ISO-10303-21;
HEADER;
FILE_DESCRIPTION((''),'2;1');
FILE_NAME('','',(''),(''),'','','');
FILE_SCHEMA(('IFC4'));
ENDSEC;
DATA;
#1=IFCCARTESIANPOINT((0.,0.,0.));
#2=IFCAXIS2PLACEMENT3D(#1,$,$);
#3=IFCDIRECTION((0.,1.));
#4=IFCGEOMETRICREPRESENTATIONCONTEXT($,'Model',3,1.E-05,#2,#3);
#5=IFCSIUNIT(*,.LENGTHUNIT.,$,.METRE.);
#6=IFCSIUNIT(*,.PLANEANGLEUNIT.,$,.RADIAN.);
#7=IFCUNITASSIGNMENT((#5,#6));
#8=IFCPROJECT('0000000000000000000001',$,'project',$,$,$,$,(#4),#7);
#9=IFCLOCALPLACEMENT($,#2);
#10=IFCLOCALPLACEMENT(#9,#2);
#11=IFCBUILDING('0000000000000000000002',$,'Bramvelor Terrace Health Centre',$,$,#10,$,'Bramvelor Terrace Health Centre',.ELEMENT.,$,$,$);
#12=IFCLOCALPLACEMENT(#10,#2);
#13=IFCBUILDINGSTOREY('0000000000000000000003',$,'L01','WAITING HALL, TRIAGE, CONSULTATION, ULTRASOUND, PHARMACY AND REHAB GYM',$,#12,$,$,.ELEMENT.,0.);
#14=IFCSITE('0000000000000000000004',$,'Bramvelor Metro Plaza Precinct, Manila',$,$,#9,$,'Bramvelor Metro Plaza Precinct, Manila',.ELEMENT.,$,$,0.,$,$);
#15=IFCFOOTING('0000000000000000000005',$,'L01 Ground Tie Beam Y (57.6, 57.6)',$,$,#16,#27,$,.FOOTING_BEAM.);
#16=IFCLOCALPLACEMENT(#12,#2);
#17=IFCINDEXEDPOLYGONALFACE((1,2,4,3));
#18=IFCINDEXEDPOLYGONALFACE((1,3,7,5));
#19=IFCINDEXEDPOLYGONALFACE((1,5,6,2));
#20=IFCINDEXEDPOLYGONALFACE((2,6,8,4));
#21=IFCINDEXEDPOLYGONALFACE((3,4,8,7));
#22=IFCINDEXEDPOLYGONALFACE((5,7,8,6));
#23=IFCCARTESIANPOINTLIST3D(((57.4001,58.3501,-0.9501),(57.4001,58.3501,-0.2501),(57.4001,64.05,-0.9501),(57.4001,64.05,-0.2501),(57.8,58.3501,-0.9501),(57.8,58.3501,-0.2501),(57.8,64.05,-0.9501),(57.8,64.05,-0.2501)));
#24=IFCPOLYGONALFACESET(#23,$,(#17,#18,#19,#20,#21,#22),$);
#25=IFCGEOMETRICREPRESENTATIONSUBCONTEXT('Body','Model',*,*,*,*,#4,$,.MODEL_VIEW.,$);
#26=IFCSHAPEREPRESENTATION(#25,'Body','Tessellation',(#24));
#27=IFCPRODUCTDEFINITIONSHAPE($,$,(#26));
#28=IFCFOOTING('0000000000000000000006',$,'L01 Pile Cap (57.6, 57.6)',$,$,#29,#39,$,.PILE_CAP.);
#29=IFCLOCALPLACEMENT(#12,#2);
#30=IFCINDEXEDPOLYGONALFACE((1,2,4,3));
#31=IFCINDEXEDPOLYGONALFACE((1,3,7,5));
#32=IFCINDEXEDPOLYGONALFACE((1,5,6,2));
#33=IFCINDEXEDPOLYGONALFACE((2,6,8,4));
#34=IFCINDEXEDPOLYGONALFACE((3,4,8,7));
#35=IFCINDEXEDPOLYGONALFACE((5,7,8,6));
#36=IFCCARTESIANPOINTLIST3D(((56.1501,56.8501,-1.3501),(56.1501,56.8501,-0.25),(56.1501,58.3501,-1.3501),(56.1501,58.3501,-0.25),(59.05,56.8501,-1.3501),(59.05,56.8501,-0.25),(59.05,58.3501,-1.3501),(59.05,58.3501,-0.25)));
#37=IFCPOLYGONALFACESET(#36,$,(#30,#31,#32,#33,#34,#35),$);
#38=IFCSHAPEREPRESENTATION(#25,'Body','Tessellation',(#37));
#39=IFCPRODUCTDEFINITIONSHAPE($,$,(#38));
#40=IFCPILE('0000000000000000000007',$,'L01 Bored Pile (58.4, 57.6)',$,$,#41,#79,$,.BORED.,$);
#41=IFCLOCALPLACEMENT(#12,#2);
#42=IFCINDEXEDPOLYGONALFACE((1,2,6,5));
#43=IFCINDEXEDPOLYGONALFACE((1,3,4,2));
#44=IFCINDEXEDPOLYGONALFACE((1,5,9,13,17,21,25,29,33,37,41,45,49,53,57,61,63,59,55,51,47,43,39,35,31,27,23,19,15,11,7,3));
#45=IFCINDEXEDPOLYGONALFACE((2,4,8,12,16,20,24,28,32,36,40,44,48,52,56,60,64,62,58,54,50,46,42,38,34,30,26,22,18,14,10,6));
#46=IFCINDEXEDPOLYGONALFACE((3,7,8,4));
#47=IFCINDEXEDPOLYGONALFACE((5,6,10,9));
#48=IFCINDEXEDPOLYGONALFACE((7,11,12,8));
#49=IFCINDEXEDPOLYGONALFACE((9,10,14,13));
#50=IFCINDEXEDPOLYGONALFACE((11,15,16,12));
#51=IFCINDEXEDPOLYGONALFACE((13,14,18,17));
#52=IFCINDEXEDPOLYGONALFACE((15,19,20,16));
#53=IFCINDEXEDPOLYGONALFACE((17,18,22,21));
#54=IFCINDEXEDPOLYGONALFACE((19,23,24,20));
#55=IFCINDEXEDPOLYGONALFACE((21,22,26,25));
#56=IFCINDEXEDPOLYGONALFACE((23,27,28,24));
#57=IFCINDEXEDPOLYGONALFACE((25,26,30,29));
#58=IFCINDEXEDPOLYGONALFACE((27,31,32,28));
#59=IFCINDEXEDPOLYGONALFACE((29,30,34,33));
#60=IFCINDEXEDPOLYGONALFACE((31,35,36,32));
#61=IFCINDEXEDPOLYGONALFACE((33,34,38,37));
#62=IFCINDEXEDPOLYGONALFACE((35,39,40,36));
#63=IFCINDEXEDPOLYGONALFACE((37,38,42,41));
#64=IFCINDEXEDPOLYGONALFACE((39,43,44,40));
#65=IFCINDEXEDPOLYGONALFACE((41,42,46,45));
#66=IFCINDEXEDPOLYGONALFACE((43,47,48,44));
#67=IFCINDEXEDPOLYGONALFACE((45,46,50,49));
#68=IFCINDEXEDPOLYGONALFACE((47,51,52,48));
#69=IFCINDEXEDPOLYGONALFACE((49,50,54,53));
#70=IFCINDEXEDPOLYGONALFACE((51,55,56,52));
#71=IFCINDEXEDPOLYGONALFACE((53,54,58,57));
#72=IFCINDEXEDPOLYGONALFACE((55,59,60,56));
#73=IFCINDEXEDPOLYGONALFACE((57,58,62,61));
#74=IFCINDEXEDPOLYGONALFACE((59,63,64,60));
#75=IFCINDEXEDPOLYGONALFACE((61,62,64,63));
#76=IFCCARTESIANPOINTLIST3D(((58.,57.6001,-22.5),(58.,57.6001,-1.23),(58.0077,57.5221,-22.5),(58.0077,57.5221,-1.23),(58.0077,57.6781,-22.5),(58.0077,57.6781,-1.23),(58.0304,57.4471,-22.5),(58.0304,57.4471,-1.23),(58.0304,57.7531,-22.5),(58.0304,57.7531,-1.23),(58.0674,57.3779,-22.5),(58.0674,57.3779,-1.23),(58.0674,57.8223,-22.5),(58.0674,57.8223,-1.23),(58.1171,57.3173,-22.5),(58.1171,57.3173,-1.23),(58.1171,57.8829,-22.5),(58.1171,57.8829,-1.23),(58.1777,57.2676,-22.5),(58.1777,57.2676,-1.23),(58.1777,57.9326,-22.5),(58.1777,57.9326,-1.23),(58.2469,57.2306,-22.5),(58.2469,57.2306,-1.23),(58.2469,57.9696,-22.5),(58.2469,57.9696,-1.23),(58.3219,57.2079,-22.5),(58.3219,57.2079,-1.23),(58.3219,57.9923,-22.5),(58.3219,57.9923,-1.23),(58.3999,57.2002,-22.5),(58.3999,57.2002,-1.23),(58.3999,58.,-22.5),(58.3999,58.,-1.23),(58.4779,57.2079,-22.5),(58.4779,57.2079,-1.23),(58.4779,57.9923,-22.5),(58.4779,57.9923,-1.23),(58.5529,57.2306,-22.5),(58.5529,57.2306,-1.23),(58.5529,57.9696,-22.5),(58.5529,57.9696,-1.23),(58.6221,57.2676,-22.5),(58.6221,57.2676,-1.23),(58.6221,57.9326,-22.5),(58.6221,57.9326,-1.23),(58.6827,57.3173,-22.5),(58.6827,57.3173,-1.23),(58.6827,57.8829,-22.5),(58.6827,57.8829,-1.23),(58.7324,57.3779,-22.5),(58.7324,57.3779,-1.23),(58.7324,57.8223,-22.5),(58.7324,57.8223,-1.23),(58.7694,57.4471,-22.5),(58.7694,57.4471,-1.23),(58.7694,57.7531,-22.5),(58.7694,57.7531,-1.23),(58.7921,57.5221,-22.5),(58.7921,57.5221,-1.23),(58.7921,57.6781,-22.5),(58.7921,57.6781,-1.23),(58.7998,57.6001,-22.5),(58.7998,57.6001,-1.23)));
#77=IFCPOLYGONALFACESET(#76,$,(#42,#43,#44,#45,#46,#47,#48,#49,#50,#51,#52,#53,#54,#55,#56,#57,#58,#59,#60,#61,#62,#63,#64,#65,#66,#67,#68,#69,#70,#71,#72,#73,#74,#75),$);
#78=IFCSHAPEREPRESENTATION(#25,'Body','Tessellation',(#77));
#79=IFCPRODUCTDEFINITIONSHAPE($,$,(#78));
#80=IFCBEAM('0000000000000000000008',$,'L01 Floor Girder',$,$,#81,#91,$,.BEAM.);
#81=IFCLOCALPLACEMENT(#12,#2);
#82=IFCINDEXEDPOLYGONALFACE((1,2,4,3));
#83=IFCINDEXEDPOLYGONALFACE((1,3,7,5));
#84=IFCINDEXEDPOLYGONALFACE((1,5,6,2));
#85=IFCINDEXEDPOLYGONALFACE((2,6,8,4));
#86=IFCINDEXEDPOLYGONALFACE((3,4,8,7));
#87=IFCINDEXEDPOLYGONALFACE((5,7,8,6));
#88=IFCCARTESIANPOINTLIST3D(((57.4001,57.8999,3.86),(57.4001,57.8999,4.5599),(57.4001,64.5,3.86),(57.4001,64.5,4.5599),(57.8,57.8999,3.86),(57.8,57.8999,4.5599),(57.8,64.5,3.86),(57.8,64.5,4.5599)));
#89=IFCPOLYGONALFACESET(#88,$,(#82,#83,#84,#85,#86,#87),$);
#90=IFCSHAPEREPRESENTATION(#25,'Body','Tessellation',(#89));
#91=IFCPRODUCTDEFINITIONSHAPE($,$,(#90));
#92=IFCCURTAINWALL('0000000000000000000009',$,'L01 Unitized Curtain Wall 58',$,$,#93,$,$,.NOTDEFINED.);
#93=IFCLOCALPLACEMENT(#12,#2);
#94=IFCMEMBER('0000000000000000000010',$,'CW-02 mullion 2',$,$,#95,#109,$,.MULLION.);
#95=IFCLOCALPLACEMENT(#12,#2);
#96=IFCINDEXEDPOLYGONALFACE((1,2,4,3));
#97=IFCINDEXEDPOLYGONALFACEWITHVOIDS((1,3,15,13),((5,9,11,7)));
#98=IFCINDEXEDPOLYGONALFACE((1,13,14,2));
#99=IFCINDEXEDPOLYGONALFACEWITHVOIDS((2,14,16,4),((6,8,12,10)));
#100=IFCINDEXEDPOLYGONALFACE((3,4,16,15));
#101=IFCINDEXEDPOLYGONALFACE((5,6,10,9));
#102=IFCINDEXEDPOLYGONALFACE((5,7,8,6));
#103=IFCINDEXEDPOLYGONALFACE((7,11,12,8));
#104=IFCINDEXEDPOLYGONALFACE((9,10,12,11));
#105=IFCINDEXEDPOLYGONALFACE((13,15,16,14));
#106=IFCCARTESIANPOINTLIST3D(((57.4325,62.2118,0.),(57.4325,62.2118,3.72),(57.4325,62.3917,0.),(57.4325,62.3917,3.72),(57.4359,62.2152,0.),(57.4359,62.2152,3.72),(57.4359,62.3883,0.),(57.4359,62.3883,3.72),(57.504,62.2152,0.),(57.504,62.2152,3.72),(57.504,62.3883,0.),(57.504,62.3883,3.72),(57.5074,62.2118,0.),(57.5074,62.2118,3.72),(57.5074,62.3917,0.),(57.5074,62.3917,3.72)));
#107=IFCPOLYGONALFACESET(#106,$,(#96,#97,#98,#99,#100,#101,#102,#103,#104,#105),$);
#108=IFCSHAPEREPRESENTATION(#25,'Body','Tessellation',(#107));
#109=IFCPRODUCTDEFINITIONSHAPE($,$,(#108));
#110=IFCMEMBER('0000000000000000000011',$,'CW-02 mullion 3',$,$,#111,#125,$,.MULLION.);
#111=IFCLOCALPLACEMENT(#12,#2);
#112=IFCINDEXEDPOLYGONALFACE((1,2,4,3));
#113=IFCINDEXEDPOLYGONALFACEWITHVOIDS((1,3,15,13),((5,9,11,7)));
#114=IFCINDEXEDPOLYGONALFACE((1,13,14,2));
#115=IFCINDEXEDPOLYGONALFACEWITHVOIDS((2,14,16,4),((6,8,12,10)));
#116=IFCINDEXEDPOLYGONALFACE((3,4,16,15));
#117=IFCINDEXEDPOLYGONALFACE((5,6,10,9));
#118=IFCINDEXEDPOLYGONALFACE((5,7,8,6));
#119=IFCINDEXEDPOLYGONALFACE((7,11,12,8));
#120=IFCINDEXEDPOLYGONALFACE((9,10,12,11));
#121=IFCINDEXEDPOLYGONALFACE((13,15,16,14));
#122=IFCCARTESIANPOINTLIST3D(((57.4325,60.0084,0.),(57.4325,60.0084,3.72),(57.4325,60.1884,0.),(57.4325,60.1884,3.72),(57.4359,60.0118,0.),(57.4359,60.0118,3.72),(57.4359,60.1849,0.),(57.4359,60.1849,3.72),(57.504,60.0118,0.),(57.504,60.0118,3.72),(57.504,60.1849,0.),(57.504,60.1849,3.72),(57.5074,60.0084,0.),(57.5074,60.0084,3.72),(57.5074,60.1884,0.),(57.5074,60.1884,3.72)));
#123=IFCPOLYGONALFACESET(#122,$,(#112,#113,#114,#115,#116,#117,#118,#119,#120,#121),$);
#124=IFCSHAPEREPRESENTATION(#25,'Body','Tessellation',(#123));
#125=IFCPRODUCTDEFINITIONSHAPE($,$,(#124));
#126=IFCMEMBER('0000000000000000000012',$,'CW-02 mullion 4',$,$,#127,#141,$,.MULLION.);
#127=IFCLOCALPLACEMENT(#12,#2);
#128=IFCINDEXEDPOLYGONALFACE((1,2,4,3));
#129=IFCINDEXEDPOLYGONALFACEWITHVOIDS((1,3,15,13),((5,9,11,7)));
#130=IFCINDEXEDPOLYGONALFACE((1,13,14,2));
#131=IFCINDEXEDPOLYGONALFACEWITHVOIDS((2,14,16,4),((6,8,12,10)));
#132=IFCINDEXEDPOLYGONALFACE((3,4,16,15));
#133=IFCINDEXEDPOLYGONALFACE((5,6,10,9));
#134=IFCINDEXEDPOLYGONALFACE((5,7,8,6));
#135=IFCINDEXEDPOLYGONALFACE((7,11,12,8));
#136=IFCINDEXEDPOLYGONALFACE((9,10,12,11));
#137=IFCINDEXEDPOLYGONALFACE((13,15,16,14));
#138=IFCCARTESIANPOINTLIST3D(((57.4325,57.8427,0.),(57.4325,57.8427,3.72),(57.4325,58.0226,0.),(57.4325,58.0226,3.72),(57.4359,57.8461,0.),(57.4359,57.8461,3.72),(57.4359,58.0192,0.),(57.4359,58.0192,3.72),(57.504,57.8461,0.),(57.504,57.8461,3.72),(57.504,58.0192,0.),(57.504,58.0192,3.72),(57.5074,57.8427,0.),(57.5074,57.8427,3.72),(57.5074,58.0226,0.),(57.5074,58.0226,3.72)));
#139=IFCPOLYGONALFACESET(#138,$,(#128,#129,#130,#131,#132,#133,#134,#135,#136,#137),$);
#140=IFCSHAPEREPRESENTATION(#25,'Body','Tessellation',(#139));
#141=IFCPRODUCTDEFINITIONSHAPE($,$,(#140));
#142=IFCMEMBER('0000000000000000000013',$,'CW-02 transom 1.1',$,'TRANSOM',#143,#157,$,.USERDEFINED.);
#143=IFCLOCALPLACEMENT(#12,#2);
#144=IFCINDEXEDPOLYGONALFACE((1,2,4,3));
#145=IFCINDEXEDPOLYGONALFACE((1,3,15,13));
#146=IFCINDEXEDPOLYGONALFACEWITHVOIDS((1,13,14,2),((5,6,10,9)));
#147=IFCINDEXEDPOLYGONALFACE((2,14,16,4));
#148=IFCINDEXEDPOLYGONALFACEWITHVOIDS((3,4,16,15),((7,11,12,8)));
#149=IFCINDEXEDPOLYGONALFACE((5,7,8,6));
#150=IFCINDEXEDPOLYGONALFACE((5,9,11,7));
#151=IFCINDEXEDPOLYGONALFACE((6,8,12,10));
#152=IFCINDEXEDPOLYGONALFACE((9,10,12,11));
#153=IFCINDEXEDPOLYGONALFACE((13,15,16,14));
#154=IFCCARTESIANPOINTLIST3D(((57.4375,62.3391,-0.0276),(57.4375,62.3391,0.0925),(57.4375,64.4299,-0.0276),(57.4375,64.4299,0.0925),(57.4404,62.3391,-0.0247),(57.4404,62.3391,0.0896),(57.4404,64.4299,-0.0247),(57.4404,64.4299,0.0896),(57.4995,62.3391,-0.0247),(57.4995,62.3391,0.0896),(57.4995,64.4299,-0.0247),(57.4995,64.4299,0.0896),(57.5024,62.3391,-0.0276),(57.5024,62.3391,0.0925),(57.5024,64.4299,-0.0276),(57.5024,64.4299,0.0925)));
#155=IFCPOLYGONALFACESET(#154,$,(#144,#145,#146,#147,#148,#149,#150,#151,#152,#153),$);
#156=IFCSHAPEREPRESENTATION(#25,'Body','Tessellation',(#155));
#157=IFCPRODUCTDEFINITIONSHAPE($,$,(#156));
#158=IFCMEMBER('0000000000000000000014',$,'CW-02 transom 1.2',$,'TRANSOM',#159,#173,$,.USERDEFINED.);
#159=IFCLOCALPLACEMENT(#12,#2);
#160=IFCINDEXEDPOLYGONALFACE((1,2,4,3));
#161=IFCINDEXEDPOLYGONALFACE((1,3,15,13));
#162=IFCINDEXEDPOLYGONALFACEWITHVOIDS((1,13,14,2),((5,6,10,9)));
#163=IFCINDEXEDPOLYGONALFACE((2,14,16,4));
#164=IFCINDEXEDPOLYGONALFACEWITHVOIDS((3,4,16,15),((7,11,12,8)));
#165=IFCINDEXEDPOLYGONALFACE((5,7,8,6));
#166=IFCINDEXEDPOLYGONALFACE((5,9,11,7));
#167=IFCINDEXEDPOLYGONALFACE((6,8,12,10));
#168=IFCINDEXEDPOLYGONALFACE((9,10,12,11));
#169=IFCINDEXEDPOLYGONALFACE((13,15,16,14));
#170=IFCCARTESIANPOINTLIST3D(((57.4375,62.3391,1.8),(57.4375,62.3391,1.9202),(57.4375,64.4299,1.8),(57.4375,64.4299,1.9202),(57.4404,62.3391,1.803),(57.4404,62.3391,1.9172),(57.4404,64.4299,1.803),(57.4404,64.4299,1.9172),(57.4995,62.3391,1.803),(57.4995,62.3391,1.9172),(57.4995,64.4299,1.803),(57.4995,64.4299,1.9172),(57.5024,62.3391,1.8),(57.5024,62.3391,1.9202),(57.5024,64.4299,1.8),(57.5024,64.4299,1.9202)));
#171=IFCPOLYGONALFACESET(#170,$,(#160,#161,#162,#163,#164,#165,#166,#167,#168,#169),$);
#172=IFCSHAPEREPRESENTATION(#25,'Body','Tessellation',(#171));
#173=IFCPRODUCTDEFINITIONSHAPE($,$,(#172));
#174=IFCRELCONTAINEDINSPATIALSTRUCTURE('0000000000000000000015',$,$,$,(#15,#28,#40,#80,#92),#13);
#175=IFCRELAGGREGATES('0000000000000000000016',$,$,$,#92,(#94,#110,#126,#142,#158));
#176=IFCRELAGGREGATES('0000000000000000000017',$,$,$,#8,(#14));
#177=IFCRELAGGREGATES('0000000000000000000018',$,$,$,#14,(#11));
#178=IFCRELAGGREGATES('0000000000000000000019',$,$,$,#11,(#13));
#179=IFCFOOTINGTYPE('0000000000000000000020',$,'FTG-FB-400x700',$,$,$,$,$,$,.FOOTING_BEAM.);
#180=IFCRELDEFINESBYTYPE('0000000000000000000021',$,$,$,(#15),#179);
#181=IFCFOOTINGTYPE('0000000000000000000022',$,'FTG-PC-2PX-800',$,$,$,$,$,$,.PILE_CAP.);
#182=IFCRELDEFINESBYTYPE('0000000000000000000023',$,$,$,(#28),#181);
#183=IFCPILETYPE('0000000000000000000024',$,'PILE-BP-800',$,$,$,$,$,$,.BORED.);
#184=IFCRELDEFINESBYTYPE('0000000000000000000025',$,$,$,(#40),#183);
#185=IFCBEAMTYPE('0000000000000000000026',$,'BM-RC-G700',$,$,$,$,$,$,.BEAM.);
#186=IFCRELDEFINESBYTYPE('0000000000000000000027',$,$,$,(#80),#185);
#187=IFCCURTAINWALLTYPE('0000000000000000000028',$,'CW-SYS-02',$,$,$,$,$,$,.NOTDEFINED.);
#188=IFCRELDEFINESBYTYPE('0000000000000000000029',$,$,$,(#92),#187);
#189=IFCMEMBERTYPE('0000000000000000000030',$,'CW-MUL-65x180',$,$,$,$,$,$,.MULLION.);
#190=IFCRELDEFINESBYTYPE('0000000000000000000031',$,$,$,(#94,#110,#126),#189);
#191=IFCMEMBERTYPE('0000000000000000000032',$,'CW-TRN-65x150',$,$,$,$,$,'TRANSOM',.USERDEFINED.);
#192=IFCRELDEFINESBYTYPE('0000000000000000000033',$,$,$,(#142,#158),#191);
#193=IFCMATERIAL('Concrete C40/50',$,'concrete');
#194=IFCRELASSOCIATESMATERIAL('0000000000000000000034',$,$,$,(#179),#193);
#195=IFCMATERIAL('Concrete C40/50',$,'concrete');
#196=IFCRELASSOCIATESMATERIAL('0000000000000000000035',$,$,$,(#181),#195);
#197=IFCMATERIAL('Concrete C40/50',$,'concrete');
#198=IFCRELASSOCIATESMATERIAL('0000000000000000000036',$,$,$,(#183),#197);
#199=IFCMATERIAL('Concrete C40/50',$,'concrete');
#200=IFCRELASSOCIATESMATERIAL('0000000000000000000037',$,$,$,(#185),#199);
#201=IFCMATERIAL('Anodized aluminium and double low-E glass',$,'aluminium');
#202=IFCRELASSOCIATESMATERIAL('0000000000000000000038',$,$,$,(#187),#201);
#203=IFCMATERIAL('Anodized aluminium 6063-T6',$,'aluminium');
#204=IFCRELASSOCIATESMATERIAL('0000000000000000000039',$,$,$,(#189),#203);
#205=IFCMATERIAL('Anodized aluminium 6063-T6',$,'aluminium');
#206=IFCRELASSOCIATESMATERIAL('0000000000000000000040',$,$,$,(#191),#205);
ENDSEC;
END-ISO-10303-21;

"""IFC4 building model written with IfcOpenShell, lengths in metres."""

from ifc_helpers import new_model, si_unit, direction, frame, origin, origin_2d, place, context, subcontext, project, spatial, rectangle, hollow_rectangle, circle, extrude, material, material_profile, profile_set, type_object, element, aggregate, save


model = new_model("IFC4")

# Units and contexts
model_context = context("Model", 3, precision=1e-05, world=origin(), true_north=direction((0.0, 1.0)))
body_context = subcontext(model_context, "Body", "Model", "MODEL_VIEW")
ifc_project = project(units=[si_unit("LENGTHUNIT", "METRE"), si_unit("PLANEANGLEUNIT", "RADIAN")], contexts=[model_context])

# Site, building, storey
site_placement = place(None, origin())
site = spatial("IfcSite", under=ifc_project, at=site_placement, Name="Bramvelor Metro Plaza Precinct, Manila", LongName="Bramvelor Metro Plaza Precinct, Manila", CompositionType="ELEMENT", RefElevation=0.0)
building_placement = place(site_placement, origin())
building = spatial("IfcBuilding", under=site, at=building_placement, Name="Bramvelor Terrace Health Centre", LongName="Bramvelor Terrace Health Centre", CompositionType="ELEMENT")
storey_placement = place(building_placement, origin())
storey = spatial("IfcBuildingStorey", under=building, at=storey_placement, Name="L01", Description="WAITING HALL, TRIAGE, CONSULTATION, ULTRASOUND, PHARMACY AND REHAB GYM", CompositionType="ELEMENT", Elevation=0.0)

# Footings
ifc_material_1 = material(Name="Concrete C40/50", Category="concrete")
ifc_material_profile_1 = material_profile(ifc_material_1, rectangle(XDim=0.3999, YDim=0.7, at=origin_2d()), Name="RC 400x700")
ifc_profile_set_1 = profile_set([ifc_material_profile_1], Name="Concrete C40/50")
footing_type_1 = type_object("IfcFootingType", Name="FTG-FB-400x700", PredefinedType="FOOTING_BEAM", material=ifc_profile_set_1)
footing_1_placement = place(storey_placement, frame((57.6001, 58.3501, -0.6001), z_axis=(0.0, 1.0, 0.0), x_axis=(-1.0, 0.0, 0.0)))
element("IfcFooting", 1, at=footing_1_placement, inside=storey, type_object=footing_type_1, Name="L01 Ground Tie Beam Y (57.6, 57.6)", PredefinedType="FOOTING_BEAM", context=body_context, shape_type="SweptSolid", body=[
    extrude(rectangle(XDim=0.3999, YDim=0.7, at=origin_2d()), origin(), (0.0, 0.0, 1.0), 5.7),
])
ifc_material_2 = material(Name="Concrete C40/50", Category="concrete")
footing_type_2 = type_object("IfcFootingType", Name="FTG-PC-2PX-800", PredefinedType="PILE_CAP", material=ifc_material_2)
footing_2_placement = place(storey_placement, frame((57.6001, 57.6001, -1.3501), z_axis=(0.0, 0.0, 1.0), x_axis=(1.0, 0.0, 0.0)))
element("IfcFooting", 2, at=footing_2_placement, inside=storey, type_object=footing_type_2, Name="L01 Pile Cap (57.6, 57.6)", PredefinedType="PILE_CAP", context=body_context, shape_type="SweptSolid", body=[
    extrude(rectangle(XDim=2.8999, YDim=1.5, at=origin_2d()), origin(), (0.0, 0.0, 1.0), 1.1001),
])

# Pile
ifc_material_3 = material(Name="Concrete C40/50", Category="concrete")
ifc_material_profile_2 = material_profile(ifc_material_3, circle(Radius=0.3999, at=origin_2d()), Name="BP D800")
ifc_profile_set_2 = profile_set([ifc_material_profile_2], Name="Concrete C40/50")
pile_type = type_object("IfcPileType", Name="PILE-BP-800", PredefinedType="BORED", material=ifc_profile_set_2)
pile_placement = place(storey_placement, frame((58.3999, 57.6001, -1.23), z_axis=(0.0, 0.0, -1.0), x_axis=(1.0, 0.0, 0.0)))
element("IfcPile", 3, at=pile_placement, inside=storey, type_object=pile_type, Name="L01 Bored Pile (58.4, 57.6)", PredefinedType="BORED", context=body_context, shape_type="SweptSolid", body=[
    extrude(circle(Radius=0.3999, at=origin_2d()), origin(), (0.0, 0.0, 1.0), 21.27),
])

# Beam
ifc_material_4 = material(Name="Concrete C40/50", Category="concrete")
ifc_material_profile_3 = material_profile(ifc_material_4, rectangle(XDim=0.3999, YDim=0.7, at=origin_2d()), Name="RC 400x700")
ifc_profile_set_3 = profile_set([ifc_material_profile_3], Name="Concrete C40/50")
beam_type = type_object("IfcBeamType", Name="BM-RC-G700", PredefinedType="BEAM", material=ifc_profile_set_3)
beam_placement = place(storey_placement, frame((57.6001, 57.8999, 4.21), z_axis=(0.0, 1.0, 0.0), x_axis=(-1.0, 0.0, 0.0)))
element("IfcBeam", 4, at=beam_placement, inside=storey, type_object=beam_type, Name="L01 Floor Girder", PredefinedType="BEAM", context=body_context, shape_type="SweptSolid", body=[
    extrude(rectangle(XDim=0.3999, YDim=0.7, at=origin_2d()), origin(), (0.0, 0.0, 1.0), 6.6001),
])

# Curtain wall, members
ifc_material_5 = material(Name="Anodized aluminium and double low-E glass", Category="aluminium")
curtain_wall_type = type_object("IfcCurtainWallType", Name="CW-SYS-02", PredefinedType="NOTDEFINED", material=ifc_material_5)
curtain_wall_placement = place(storey_placement, origin())
curtain_wall = element("IfcCurtainWall", 5, at=curtain_wall_placement, inside=storey, type_object=curtain_wall_type, Name="L01 Unitized Curtain Wall 58", PredefinedType="NOTDEFINED")
ifc_material_6 = material(Name="Anodized aluminium 6063-T6", Category="aluminium")
ifc_material_profile_4 = material_profile(ifc_material_6, hollow_rectangle(XDim=0.075, YDim=0.1799, WallThickness=0.0034, at=origin_2d()), Name="ALU-MUL 75x180x3.5")
ifc_profile_set_4 = profile_set([ifc_material_profile_4], Name="Anodized aluminium 6063-T6")
member_type_1 = type_object("IfcMemberType", Name="CW-MUL-65x180", PredefinedType="MULLION", material=ifc_profile_set_4)
member_1_placement = place(storey_placement, frame((57.47, 62.3018, 0.0), z_axis=(0.0, 0.0, 1.0), x_axis=(1.0, 0.0, 0.0)))
member_1 = element("IfcMember", 6, at=member_1_placement, type_object=member_type_1, Name="CW-02 mullion 2", PredefinedType="MULLION", context=body_context, shape_type="SweptSolid", body=[
    extrude(hollow_rectangle(XDim=0.075, YDim=0.1799, WallThickness=0.0034, at=origin_2d()), origin(), (0.0, 0.0, 1.0), 3.72),
])
member_2_placement = place(storey_placement, frame((57.47, 60.0984, 0.0), z_axis=(0.0, 0.0, 1.0), x_axis=(1.0, 0.0, 0.0)))
member_2 = element("IfcMember", 7, at=member_2_placement, type_object=member_type_1, Name="CW-02 mullion 3", PredefinedType="MULLION", context=body_context, shape_type="SweptSolid", body=[
    extrude(hollow_rectangle(XDim=0.075, YDim=0.1799, WallThickness=0.0034, at=origin_2d()), origin(), (0.0, 0.0, 1.0), 3.72),
])
member_3_placement = place(storey_placement, frame((57.47, 57.9326, 0.0), z_axis=(0.0, 0.0, 1.0), x_axis=(1.0, 0.0, 0.0)))
member_3 = element("IfcMember", 8, at=member_3_placement, type_object=member_type_1, Name="CW-02 mullion 4", PredefinedType="MULLION", context=body_context, shape_type="SweptSolid", body=[
    extrude(hollow_rectangle(XDim=0.075, YDim=0.1799, WallThickness=0.0034, at=origin_2d()), origin(), (0.0, 0.0, 1.0), 3.72),
])
ifc_material_7 = material(Name="Anodized aluminium 6063-T6", Category="aluminium")
ifc_material_profile_5 = material_profile(ifc_material_7, hollow_rectangle(XDim=0.0649, YDim=0.1201, WallThickness=0.0029, at=origin_2d()), Name="ALU-TRN 65x120x3.0")
ifc_profile_set_5 = profile_set([ifc_material_profile_5], Name="Anodized aluminium 6063-T6")
member_type_2 = type_object("IfcMemberType", Name="CW-TRN-65x150", ElementType="TRANSOM", PredefinedType="USERDEFINED", material=ifc_profile_set_5)
member_4_placement = place(storey_placement, frame((57.47, 64.4299, 0.0325), z_axis=(0.0, -1.0, 0.0), x_axis=(1.0, 0.0, 0.0)))
member_4 = element("IfcMember", 9, at=member_4_placement, type_object=member_type_2, Name="CW-02 transom 1.1", ObjectType="TRANSOM", PredefinedType="USERDEFINED", context=body_context, shape_type="SweptSolid", body=[
    extrude(hollow_rectangle(XDim=0.0649, YDim=0.1201, WallThickness=0.0029, at=origin_2d()), origin(), (0.0, 0.0, 1.0), 2.0908),
])
member_5_placement = place(storey_placement, frame((57.47, 64.4299, 1.8601), z_axis=(0.0, -1.0, 0.0), x_axis=(1.0, 0.0, 0.0)))
member_5 = element("IfcMember", 10, at=member_5_placement, type_object=member_type_2, Name="CW-02 transom 1.2", ObjectType="TRANSOM", PredefinedType="USERDEFINED", context=body_context, shape_type="SweptSolid", body=[
    extrude(hollow_rectangle(XDim=0.0649, YDim=0.1201, WallThickness=0.0029, at=origin_2d()), origin(), (0.0, 0.0, 1.0), 2.0908),
])
aggregate(curtain_wall, [member_1, member_2, member_3, member_4, member_5])

save(model, "model.ifc")
